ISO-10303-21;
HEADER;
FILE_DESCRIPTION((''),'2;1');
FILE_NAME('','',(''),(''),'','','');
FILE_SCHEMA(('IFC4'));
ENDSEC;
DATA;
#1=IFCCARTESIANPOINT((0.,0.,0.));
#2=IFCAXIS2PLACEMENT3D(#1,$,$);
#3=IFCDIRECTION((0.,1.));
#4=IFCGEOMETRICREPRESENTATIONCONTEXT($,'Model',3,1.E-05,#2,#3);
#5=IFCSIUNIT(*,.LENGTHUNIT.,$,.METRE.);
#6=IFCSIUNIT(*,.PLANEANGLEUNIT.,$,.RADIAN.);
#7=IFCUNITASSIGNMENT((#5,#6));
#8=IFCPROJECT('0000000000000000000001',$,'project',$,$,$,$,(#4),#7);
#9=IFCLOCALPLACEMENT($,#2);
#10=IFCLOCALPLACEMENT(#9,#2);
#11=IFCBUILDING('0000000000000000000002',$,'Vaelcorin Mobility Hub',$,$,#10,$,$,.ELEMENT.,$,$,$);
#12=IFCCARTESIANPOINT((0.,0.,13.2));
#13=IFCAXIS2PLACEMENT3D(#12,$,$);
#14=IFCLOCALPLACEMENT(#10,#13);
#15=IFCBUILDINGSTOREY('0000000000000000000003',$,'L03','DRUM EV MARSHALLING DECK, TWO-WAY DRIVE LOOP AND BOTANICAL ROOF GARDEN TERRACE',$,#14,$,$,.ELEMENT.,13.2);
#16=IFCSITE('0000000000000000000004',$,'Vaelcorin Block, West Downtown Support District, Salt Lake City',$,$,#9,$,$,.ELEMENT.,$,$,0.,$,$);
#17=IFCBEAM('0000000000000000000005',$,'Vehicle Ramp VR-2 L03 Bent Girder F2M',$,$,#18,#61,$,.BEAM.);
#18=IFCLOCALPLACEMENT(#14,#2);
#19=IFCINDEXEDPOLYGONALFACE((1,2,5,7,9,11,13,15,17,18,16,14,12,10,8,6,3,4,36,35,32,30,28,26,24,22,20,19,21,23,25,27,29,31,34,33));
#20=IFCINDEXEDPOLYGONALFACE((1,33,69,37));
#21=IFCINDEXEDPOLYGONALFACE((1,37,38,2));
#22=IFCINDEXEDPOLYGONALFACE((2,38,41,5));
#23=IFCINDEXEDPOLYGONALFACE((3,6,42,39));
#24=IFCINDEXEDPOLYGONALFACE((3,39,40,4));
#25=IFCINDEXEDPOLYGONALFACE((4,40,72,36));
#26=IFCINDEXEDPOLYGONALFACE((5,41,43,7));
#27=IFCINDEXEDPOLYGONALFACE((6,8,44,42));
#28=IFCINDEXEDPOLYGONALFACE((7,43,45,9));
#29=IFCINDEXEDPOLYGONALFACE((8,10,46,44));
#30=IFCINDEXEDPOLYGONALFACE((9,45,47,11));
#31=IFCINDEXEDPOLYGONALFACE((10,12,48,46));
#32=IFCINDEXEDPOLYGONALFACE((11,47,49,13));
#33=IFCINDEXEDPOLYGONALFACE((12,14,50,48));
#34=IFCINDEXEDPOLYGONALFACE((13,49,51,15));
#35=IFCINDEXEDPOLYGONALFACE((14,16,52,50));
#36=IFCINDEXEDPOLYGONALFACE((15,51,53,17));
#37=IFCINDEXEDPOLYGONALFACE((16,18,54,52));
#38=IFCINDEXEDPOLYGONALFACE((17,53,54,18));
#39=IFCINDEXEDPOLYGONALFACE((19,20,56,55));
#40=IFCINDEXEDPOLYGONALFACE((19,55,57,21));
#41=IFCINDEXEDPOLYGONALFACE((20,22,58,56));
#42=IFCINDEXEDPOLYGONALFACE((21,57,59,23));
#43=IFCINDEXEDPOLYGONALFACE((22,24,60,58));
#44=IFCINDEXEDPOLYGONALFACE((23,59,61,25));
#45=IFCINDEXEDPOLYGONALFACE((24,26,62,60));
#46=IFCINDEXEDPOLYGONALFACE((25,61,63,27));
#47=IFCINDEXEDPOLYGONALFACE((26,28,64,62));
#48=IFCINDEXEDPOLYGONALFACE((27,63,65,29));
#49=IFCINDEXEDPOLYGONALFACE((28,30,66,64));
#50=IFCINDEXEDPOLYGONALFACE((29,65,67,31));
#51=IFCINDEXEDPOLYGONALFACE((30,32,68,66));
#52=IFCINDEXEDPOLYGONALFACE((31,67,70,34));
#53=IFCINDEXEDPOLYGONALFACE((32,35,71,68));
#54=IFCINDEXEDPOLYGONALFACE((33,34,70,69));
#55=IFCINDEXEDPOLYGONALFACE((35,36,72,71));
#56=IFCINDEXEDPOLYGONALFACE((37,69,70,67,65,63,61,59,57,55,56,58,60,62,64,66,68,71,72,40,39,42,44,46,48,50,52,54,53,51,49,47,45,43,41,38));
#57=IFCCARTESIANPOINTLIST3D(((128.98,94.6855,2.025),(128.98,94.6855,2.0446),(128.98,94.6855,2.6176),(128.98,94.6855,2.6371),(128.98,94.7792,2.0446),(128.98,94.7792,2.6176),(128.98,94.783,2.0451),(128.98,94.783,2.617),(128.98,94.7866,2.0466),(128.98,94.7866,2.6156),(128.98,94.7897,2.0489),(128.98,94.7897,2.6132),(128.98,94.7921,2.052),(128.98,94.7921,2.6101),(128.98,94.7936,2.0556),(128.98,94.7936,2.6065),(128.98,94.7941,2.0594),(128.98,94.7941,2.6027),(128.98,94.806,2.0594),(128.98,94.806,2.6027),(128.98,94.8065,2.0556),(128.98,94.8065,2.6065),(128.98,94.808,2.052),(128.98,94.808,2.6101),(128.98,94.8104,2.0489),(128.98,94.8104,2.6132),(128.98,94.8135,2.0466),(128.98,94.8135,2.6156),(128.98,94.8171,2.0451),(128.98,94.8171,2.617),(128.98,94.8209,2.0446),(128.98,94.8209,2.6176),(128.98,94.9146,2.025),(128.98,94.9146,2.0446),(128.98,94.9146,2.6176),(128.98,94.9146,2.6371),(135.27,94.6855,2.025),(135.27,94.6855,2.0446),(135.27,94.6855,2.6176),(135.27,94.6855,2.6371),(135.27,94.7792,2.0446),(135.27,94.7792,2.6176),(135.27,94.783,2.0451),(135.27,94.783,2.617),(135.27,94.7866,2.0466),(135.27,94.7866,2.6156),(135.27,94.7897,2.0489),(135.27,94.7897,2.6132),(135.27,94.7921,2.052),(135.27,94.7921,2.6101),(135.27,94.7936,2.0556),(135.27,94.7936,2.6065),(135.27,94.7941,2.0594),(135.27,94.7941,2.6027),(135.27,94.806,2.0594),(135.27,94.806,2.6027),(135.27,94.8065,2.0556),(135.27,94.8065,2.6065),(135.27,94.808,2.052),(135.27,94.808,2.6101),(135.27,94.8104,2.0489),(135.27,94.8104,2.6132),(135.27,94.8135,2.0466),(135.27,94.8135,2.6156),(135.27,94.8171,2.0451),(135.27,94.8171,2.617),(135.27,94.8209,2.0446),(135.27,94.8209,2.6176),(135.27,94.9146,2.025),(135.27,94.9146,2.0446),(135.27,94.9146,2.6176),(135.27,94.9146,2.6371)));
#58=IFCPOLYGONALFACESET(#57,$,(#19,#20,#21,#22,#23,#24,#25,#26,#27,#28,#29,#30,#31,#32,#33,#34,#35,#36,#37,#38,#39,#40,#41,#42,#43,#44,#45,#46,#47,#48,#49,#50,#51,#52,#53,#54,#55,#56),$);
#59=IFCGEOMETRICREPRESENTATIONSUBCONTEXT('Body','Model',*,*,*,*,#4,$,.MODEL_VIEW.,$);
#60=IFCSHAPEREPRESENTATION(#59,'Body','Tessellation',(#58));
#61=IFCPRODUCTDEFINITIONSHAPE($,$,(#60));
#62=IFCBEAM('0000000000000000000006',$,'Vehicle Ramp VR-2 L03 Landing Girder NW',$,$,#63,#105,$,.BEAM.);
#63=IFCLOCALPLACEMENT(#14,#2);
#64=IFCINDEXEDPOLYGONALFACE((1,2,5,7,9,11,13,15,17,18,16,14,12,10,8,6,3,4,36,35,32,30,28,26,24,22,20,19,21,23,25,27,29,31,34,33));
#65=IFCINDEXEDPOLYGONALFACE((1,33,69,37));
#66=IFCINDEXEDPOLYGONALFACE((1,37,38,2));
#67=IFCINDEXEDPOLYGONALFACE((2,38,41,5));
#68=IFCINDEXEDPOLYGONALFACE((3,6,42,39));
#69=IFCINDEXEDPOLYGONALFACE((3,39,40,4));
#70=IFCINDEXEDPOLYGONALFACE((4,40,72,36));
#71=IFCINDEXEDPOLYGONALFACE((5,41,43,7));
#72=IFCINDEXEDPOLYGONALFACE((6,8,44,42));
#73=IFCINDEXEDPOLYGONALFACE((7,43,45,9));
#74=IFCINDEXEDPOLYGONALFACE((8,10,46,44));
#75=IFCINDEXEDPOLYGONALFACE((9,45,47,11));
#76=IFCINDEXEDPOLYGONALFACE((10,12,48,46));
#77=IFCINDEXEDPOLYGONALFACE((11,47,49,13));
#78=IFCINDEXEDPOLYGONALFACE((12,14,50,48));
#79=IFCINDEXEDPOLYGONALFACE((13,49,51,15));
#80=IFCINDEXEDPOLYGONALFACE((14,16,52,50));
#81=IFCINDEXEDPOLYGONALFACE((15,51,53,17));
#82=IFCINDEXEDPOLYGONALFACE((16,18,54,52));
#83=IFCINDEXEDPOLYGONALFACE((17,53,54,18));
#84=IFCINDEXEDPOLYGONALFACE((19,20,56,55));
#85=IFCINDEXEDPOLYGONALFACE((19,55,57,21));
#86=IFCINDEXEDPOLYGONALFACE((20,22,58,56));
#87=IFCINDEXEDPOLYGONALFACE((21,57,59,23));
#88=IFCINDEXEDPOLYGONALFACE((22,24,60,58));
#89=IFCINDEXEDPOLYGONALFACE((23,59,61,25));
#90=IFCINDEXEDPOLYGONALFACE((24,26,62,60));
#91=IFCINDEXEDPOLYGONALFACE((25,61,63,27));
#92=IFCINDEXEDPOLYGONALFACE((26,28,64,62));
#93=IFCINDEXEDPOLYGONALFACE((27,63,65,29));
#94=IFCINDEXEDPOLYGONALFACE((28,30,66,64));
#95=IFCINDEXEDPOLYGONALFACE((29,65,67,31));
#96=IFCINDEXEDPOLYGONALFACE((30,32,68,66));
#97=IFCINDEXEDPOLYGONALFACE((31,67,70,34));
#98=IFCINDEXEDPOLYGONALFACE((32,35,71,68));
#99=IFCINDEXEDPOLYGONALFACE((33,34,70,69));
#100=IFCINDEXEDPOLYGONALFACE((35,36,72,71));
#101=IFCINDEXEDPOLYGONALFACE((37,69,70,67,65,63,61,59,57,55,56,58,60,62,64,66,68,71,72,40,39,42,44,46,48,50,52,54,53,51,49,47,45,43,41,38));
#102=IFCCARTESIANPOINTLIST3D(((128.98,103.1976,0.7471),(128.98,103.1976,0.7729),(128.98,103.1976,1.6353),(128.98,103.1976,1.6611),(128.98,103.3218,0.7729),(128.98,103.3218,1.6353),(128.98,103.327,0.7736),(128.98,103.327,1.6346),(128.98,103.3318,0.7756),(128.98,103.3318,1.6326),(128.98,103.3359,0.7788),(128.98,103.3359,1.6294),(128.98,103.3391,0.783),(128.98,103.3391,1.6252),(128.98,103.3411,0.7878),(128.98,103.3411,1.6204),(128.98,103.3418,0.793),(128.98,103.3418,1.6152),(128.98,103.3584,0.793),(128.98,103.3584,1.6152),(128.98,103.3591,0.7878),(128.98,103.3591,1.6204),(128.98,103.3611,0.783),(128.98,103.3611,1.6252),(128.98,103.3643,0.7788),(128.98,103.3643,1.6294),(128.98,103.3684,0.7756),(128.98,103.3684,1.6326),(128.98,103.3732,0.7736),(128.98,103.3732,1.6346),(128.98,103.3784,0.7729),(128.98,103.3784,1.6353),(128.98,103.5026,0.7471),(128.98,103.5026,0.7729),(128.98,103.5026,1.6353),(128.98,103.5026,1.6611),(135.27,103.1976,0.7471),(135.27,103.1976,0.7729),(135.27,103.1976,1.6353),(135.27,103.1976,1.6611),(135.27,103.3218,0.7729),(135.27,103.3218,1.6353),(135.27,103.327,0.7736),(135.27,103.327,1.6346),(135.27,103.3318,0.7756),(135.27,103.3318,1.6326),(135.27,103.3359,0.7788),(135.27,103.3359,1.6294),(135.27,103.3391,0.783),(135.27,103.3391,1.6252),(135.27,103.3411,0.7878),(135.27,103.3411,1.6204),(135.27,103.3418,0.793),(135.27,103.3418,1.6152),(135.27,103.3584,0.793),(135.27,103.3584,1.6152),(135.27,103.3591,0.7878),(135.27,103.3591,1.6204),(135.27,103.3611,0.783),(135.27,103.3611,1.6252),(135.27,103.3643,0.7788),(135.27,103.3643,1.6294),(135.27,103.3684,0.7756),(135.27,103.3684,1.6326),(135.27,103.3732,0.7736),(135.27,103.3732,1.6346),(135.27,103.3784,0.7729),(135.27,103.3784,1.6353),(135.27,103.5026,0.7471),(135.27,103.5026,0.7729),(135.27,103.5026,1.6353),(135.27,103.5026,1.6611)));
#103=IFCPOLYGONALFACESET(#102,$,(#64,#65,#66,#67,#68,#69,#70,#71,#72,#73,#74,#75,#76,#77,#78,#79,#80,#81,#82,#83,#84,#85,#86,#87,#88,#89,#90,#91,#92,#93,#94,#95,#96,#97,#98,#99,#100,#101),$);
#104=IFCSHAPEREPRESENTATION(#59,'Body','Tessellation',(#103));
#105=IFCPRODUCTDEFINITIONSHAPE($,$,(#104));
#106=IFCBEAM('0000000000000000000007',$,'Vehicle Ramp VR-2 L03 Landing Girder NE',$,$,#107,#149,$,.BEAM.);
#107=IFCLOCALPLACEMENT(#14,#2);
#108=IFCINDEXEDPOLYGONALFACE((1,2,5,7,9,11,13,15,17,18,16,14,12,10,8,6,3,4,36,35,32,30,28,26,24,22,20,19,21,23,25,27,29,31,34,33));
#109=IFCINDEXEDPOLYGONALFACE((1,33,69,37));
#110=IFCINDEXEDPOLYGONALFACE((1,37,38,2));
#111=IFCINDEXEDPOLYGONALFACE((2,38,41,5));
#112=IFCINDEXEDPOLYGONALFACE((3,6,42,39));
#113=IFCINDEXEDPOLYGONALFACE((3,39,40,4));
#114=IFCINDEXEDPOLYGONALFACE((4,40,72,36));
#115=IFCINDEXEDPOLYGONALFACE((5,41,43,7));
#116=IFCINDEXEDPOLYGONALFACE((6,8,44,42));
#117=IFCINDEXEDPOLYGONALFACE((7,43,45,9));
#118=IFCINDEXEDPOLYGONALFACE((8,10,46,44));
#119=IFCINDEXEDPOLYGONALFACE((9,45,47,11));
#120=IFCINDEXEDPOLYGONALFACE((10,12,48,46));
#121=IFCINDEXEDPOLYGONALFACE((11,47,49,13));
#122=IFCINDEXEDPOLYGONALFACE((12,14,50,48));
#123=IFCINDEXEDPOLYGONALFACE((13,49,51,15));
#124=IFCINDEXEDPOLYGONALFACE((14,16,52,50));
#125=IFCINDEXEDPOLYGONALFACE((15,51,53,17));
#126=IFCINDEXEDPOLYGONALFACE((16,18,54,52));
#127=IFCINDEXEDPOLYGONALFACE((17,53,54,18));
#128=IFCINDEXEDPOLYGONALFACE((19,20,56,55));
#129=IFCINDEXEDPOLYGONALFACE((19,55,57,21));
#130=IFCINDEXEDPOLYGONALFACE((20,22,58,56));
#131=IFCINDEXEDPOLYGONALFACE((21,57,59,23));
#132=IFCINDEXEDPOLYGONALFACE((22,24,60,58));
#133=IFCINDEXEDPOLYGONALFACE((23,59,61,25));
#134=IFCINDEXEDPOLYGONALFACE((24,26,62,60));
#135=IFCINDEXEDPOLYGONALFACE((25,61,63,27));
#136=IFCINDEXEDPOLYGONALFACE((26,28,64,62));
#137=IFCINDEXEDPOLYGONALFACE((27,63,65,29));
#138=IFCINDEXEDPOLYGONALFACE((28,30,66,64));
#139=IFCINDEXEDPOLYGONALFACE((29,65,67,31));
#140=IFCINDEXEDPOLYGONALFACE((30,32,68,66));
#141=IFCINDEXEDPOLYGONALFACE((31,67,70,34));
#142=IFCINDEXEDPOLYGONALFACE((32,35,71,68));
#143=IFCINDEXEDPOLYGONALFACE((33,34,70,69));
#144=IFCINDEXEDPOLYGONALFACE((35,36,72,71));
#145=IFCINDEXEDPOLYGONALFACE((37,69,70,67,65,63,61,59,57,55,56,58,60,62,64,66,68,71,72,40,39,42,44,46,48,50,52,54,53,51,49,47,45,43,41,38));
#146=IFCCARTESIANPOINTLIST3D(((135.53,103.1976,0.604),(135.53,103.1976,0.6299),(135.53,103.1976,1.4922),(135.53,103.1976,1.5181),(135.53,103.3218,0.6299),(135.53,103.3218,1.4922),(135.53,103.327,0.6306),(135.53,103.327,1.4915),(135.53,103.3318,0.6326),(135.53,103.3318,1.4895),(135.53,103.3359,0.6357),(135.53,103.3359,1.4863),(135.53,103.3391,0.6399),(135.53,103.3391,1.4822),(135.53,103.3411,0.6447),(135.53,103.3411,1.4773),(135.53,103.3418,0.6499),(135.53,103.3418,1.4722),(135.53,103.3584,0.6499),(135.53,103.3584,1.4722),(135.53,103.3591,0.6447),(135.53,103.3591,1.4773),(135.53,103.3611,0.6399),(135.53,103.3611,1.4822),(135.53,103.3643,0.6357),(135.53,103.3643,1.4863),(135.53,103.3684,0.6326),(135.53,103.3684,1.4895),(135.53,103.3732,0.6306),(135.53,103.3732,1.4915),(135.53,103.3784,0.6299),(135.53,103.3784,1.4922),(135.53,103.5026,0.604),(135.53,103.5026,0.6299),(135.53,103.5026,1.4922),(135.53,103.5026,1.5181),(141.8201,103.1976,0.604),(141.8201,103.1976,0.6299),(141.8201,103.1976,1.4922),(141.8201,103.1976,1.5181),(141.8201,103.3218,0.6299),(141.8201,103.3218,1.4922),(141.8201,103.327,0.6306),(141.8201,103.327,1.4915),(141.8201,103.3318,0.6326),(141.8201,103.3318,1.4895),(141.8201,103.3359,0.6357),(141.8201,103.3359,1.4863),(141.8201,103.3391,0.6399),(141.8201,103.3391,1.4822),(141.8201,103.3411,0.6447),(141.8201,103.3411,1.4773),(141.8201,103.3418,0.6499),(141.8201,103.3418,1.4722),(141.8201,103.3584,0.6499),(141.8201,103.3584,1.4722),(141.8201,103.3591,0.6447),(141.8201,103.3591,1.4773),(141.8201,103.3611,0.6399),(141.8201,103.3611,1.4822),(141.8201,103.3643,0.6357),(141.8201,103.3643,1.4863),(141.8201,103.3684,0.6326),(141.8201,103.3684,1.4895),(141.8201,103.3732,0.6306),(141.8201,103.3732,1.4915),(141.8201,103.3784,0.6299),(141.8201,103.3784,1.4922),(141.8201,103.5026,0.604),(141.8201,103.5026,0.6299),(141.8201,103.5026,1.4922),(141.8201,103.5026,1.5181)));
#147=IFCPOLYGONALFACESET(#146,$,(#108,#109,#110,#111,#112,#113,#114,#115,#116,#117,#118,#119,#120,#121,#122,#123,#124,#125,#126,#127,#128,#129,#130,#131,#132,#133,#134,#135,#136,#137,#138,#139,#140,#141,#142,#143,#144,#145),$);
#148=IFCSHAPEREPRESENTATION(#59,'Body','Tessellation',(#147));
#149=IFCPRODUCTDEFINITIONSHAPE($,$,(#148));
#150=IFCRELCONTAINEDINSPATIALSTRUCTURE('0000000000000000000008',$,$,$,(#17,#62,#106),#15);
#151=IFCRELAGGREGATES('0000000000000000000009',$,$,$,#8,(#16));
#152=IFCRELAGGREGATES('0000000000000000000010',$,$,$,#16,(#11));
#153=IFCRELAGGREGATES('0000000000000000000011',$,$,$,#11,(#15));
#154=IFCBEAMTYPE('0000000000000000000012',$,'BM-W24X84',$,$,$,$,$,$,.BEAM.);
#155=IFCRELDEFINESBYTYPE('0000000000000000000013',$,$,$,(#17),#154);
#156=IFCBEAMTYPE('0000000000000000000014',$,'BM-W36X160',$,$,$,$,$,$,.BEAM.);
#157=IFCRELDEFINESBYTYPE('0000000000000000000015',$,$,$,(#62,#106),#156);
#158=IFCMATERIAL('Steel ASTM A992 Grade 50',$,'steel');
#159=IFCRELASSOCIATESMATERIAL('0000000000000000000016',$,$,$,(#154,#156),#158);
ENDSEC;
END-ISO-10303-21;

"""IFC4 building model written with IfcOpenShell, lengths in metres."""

from ifc_helpers import new_model, si_unit, direction, frame, origin, origin_2d, place, context, subcontext, project, spatial, i_section, extrude, material, material_profile, profile_set, type_object, element, save


model = new_model("IFC4")

# Units and contexts
model_context = context("Model", 3, precision=1e-05, world=origin(), true_north=direction((0.0, 1.0)))
body_context = subcontext(model_context, "Body", "Model", "MODEL_VIEW")
ifc_project = project(units=[si_unit("LENGTHUNIT", "METRE"), si_unit("PLANEANGLEUNIT", "RADIAN")], contexts=[model_context])

# Site, building, storey
site_placement = place(None, origin())
site = spatial("IfcSite", under=ifc_project, at=site_placement, Name="Vaelcorin Block, West Downtown Support District, Salt Lake City", CompositionType="ELEMENT", RefElevation=0.0)
building_placement = place(site_placement, origin())
building = spatial("IfcBuilding", under=site, at=building_placement, Name="Vaelcorin Mobility Hub", CompositionType="ELEMENT")
storey_placement = place(building_placement, frame((0.0, 0.0, 13.2)))
storey = spatial("IfcBuildingStorey", under=building, at=storey_placement, Name="L03", Description="DRUM EV MARSHALLING DECK, TWO-WAY DRIVE LOOP AND BOTANICAL ROOF GARDEN TERRACE", CompositionType="ELEMENT", Elevation=13.2)

# Shared definitions
ifc_material_1 = material(Name="Steel ASTM A992 Grade 50", Category="steel")

# Beams
ifc_material_profile_1 = material_profile(ifc_material_1, i_section(OverallWidth=0.229, OverallDepth=0.6121, WebThickness=0.012, FlangeThickness=0.0195, FilletRadius=0.0149, at=origin_2d()), Name="W24X84")
ifc_profile_set_1 = profile_set([ifc_material_profile_1], Name="Steel ASTM A992 Grade 50")
beam_type_1 = type_object("IfcBeamType", Name="BM-W24X84", PredefinedType="BEAM", material=ifc_profile_set_1)
for number, where, z_axis, x_axis, name in (
    (1, (128.98, 94.8, 2.3311), (1.0, 0.0, 0.0), (0.0, 1.0, 0.0), "Vehicle Ramp VR-2 L03 Bent Girder F2M"),
):
    element("IfcBeam", number, at=place(storey_placement, frame(where, z_axis=z_axis, x_axis=x_axis)), inside=storey, type_object=beam_type_1, Name=name, PredefinedType="BEAM", context=body_context, shape_type="SweptSolid", body=[
        extrude(i_section(OverallWidth=0.229, OverallDepth=0.6121, WebThickness=0.012, FlangeThickness=0.0195, FilletRadius=0.0149, at=origin_2d()), origin(), (0.0, 0.0, 1.0), 6.29),
    ])
ifc_material_profile_2 = material_profile(ifc_material_1, i_section(OverallWidth=0.3049, OverallDepth=0.9141, WebThickness=0.0166, FlangeThickness=0.0259, FilletRadius=0.02, at=origin_2d()), Name="W36X160")
ifc_profile_set_2 = profile_set([ifc_material_profile_2], Name="Steel ASTM A992 Grade 50")
beam_type_2 = type_object("IfcBeamType", Name="BM-W36X160", PredefinedType="BEAM", material=ifc_profile_set_2)
for number, where, z_axis, x_axis, name in (
    (2, (128.98, 103.3501, 1.2041), (1.0, 0.0, 0.0), (0.0, 1.0, 0.0), "Vehicle Ramp VR-2 L03 Landing Girder NW"),
    (3, (135.53, 103.3501, 1.061), (1.0, 0.0, 0.0), (0.0, 1.0, 0.0), "Vehicle Ramp VR-2 L03 Landing Girder NE"),
):
    element("IfcBeam", number, at=place(storey_placement, frame(where, z_axis=z_axis, x_axis=x_axis)), inside=storey, type_object=beam_type_2, Name=name, PredefinedType="BEAM", context=body_context, shape_type="SweptSolid", body=[
        extrude(i_section(OverallWidth=0.3049, OverallDepth=0.9141, WebThickness=0.0166, FlangeThickness=0.0259, FilletRadius=0.02, at=origin_2d()), origin(), (0.0, 0.0, 1.0), 6.29),
    ])

save(model, "model.ifc")
